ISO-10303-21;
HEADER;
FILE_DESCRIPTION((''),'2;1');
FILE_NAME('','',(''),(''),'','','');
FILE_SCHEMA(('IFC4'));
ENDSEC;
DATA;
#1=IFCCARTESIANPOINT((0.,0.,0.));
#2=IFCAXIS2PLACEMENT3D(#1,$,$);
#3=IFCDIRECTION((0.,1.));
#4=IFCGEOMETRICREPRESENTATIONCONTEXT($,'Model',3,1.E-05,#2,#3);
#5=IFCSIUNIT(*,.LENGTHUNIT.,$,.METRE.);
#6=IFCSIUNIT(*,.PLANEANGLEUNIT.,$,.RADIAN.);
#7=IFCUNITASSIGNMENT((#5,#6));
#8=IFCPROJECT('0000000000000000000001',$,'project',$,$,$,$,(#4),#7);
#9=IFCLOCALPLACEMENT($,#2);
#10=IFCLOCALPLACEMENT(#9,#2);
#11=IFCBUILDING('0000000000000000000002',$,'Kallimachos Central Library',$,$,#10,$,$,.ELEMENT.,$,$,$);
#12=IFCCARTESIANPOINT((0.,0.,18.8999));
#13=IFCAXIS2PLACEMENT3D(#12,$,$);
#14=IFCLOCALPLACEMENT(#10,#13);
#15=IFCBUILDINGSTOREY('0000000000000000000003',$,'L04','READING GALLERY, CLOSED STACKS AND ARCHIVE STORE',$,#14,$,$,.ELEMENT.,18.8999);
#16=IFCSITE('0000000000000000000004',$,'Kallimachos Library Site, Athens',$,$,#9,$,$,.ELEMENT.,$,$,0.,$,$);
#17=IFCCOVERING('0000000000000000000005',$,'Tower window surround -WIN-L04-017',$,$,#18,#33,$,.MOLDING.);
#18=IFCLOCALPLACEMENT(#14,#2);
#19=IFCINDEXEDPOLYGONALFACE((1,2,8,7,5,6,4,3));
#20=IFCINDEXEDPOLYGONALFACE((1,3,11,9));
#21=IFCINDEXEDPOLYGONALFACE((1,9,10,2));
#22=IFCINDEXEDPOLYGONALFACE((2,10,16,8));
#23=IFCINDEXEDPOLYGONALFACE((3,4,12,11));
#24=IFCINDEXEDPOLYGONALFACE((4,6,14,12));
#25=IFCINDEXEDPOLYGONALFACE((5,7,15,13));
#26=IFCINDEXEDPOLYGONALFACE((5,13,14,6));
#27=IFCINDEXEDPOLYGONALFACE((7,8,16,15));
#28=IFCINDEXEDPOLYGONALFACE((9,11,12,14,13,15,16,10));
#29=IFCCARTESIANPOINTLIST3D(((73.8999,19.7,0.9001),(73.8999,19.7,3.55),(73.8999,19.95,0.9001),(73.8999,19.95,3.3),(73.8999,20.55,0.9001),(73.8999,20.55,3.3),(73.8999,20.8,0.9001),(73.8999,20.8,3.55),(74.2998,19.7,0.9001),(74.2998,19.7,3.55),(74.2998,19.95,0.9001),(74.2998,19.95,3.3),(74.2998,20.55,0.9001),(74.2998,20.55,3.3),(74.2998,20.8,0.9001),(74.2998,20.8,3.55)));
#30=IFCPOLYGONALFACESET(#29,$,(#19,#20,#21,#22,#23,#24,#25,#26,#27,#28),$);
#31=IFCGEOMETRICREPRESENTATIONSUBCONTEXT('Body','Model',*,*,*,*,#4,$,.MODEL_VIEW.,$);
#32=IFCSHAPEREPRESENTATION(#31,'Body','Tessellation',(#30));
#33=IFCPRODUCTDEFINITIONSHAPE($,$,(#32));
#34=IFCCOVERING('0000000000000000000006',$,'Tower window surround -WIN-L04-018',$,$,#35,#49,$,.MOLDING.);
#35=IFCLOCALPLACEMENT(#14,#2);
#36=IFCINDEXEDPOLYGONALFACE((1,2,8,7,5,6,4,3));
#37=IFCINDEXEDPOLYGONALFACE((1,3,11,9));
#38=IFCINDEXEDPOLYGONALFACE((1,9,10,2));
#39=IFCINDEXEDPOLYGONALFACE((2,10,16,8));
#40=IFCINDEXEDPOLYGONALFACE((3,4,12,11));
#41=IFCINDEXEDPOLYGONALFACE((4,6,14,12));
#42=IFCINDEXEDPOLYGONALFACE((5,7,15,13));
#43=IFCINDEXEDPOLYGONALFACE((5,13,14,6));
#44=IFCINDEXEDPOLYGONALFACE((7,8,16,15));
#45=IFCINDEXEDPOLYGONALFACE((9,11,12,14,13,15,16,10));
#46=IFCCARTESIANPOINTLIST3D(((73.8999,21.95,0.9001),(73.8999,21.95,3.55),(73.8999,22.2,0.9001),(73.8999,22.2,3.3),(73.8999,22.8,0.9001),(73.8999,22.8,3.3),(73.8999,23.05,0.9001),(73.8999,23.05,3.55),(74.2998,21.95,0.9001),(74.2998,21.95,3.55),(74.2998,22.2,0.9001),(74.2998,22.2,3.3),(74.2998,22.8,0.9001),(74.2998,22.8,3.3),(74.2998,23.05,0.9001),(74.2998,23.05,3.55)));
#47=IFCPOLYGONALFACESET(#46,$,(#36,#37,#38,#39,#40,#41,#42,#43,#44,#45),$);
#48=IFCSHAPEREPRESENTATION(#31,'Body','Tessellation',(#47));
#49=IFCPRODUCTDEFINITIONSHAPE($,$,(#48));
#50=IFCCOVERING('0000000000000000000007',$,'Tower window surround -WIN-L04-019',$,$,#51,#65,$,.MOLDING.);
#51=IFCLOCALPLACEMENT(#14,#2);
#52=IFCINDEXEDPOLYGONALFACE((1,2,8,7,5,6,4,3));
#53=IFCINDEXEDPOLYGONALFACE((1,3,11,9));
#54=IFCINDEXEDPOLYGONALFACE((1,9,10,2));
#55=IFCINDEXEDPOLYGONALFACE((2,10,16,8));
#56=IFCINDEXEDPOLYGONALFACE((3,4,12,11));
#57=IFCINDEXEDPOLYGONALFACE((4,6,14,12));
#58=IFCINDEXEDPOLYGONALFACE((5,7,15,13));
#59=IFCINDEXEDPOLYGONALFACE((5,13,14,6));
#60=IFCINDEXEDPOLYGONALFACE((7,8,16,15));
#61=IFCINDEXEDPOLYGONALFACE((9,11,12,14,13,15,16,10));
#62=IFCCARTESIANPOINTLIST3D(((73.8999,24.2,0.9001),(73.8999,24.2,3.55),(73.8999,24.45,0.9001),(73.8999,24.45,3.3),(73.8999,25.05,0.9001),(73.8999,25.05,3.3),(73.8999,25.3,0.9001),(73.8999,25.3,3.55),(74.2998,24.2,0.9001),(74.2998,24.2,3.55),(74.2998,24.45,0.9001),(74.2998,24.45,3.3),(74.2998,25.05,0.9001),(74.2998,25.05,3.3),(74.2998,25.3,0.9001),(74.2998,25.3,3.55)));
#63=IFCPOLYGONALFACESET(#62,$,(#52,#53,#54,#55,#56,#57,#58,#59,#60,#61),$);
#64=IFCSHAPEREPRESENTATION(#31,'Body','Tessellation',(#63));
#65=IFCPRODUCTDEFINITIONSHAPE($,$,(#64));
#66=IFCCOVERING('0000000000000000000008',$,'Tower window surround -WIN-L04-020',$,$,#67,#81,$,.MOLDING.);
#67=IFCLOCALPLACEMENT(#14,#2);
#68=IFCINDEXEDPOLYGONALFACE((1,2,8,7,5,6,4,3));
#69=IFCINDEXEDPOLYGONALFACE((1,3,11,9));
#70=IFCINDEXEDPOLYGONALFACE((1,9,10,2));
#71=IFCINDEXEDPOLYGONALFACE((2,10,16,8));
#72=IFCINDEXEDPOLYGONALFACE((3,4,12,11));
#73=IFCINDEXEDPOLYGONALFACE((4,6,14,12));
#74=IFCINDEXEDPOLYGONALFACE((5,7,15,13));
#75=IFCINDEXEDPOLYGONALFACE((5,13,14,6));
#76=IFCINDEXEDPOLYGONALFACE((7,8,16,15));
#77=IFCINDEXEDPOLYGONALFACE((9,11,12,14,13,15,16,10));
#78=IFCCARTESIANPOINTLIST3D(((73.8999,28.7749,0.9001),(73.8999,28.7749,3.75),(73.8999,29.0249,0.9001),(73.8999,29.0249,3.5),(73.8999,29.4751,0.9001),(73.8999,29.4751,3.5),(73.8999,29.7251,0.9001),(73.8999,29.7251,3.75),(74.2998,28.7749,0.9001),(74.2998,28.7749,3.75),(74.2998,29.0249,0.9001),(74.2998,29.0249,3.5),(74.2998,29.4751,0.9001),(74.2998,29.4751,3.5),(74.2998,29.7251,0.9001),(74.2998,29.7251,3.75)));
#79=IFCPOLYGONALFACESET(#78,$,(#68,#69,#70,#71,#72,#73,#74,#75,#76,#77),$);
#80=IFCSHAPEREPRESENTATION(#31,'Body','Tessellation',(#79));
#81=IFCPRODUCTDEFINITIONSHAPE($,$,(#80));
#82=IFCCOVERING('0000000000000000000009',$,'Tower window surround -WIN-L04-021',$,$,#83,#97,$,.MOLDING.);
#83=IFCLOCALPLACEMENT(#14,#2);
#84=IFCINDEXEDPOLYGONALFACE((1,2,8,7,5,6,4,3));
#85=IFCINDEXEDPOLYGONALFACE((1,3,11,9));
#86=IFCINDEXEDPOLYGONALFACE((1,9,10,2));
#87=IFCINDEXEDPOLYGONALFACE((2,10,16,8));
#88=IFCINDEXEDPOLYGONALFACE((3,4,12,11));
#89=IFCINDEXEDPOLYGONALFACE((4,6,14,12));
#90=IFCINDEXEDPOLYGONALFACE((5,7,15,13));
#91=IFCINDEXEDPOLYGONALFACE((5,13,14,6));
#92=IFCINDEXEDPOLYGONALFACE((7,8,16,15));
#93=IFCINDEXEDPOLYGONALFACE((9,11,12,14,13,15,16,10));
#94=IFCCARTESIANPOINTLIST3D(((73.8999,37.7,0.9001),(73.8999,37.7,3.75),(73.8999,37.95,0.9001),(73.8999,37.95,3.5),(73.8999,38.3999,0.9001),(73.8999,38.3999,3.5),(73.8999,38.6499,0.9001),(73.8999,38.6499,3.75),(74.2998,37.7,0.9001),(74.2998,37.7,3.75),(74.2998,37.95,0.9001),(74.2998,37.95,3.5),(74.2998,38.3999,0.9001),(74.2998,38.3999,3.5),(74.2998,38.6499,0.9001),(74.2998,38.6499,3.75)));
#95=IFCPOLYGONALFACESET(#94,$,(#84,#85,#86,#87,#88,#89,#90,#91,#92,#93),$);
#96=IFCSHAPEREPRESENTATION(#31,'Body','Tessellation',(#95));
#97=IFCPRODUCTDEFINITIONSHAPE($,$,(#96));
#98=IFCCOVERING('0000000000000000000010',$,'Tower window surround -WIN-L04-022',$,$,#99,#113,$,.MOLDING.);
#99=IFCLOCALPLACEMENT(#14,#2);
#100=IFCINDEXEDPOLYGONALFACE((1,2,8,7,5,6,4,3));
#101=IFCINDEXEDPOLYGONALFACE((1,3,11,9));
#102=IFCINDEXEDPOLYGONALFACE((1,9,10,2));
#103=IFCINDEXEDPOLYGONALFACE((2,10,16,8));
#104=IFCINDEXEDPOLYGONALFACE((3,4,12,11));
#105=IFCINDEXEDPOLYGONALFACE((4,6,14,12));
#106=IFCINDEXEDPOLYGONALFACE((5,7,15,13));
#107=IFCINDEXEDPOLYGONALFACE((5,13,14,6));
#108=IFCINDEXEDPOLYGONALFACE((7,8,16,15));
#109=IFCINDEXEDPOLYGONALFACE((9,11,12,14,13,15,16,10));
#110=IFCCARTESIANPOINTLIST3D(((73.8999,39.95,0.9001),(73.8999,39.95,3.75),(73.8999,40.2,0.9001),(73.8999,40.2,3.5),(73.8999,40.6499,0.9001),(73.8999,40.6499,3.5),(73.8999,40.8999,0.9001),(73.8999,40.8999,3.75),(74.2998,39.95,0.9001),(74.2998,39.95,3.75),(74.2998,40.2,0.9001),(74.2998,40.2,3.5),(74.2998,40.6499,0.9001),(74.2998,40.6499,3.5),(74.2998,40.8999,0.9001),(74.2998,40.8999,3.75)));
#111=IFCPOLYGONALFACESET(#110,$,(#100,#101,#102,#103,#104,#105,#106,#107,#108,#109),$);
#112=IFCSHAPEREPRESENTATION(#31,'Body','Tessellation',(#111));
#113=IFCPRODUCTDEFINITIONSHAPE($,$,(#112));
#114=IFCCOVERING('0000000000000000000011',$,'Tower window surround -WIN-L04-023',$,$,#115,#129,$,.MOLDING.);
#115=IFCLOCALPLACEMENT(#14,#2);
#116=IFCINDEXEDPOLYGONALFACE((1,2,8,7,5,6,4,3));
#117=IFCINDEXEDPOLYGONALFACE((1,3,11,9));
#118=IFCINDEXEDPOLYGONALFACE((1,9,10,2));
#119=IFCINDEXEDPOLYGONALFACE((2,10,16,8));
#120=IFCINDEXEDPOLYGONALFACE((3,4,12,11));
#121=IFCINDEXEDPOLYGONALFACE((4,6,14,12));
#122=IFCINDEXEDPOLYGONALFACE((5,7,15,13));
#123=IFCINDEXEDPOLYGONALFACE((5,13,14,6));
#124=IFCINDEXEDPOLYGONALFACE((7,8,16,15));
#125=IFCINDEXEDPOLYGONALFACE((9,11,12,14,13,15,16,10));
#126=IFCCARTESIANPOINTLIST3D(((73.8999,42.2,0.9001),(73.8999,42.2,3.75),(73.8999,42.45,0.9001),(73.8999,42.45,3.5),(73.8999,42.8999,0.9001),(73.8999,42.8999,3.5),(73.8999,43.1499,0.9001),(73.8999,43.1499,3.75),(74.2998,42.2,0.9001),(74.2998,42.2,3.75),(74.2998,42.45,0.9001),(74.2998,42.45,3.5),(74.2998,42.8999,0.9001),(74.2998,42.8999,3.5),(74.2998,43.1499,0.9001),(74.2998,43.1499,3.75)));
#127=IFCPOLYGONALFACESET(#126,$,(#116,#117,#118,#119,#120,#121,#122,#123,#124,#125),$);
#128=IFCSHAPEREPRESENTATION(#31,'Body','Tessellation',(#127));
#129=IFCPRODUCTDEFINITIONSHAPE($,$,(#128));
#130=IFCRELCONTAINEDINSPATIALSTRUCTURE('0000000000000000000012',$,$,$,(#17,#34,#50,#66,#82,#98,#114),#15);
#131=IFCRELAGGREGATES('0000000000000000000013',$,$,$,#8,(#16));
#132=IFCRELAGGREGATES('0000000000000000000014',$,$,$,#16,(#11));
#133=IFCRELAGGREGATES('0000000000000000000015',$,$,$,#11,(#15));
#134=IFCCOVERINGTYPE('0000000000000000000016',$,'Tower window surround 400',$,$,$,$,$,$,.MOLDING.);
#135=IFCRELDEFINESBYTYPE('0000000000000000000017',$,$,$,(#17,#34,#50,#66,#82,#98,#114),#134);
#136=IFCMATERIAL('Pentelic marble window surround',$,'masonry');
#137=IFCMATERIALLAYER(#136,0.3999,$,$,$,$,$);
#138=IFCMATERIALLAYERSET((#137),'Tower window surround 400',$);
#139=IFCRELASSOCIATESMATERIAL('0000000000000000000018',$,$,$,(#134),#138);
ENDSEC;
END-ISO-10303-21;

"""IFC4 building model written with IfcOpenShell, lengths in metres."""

from ifc_helpers import new_model, si_unit, direction, frame, origin, place, context, subcontext, project, spatial, polyline, outline, extrude, material, layer, layer_set, type_object, element, save


model = new_model("IFC4")

# Units and contexts
model_context = context("Model", 3, precision=1e-05, world=origin(), true_north=direction((0.0, 1.0)))
body_context = subcontext(model_context, "Body", "Model", "MODEL_VIEW")
ifc_project = project(units=[si_unit("LENGTHUNIT", "METRE"), si_unit("PLANEANGLEUNIT", "RADIAN")], contexts=[model_context])

# Site, building, storey
site_placement = place(None, origin())
site = spatial("IfcSite", under=ifc_project, at=site_placement, Name="Kallimachos Library Site, Athens", CompositionType="ELEMENT", RefElevation=0.0)
building_placement = place(site_placement, origin())
building = spatial("IfcBuilding", under=site, at=building_placement, Name="Kallimachos Central Library", CompositionType="ELEMENT")
storey_placement = place(building_placement, frame((0.0, 0.0, 18.8999)))
storey = spatial("IfcBuildingStorey", under=building, at=storey_placement, Name="L04", Description="READING GALLERY, CLOSED STACKS AND ARCHIVE STORE", CompositionType="ELEMENT", Elevation=18.8999)

# Coverings
ifc_material_1 = material(Name="Pentelic marble window surround", Category="masonry")
ifc_layer_1 = layer(ifc_material_1, 0.3999)
ifc_layer_set_1 = layer_set([ifc_layer_1], Name="Tower window surround 400")
covering_type_1 = type_object("IfcCoveringType", Name="Tower window surround 400", PredefinedType="MOLDING", material=ifc_layer_set_1)
for number, where, z_axis, x_axis, name in (
    (1, (73.8999, 19.7, 0.9001), (-1.0, 0.0, 0.0), (0.0, 0.0, 1.0), "Tower window surround -WIN-L04-017"),
    (2, (73.8999, 21.95, 0.9001), (-1.0, 0.0, 0.0), (0.0, 0.0, 1.0), "Tower window surround -WIN-L04-018"),
    (3, (73.8999, 24.2, 0.9001), (-1.0, 0.0, 0.0), (0.0, 0.0, 1.0), "Tower window surround -WIN-L04-019"),
):
    element("IfcCovering", number, at=place(storey_placement, frame(where, z_axis=z_axis, x_axis=x_axis)), inside=storey, type_object=covering_type_1, Name=name, PredefinedType="MOLDING", context=body_context, shape_type="SweptSolid", body=[
        extrude(outline(polyline([(0.0, 0.0), (2.6499, 0.0), (2.6499, 1.1001), (0.0, 1.1001), (0.0, 0.8501), (2.3999, 0.8501), (2.3999, 0.25), (0.0, 0.25), (0.0, 0.0)])), origin(), (0.0, 0.0, -1.0), 0.3999),
    ])
covering_1_placement = place(storey_placement, frame((73.8999, 28.7749, 0.9001), z_axis=(-1.0, 0.0, 0.0), x_axis=(0.0, 0.0, 1.0)))
element("IfcCovering", 4, at=covering_1_placement, inside=storey, type_object=covering_type_1, Name="Tower window surround -WIN-L04-020", PredefinedType="MOLDING", context=body_context, shape_type="SweptSolid", body=[
    extrude(outline(polyline([(0.0, 0.0), (2.8499, 0.0), (2.8499, 0.9502), (0.0, 0.9502), (0.0, 0.7002), (2.5999, 0.7002), (2.5999, 0.25), (0.0, 0.25), (0.0, 0.0)])), origin(), (0.0, 0.0, -1.0), 0.3999),
])
for number, where, z_axis, x_axis, name in (
    (5, (73.8999, 37.7, 0.9001), (-1.0, 0.0, 0.0), (0.0, 0.0, 1.0), "Tower window surround -WIN-L04-021"),
    (6, (73.8999, 39.95, 0.9001), (-1.0, 0.0, 0.0), (0.0, 0.0, 1.0), "Tower window surround -WIN-L04-022"),
    (7, (73.8999, 42.2, 0.9001), (-1.0, 0.0, 0.0), (0.0, 0.0, 1.0), "Tower window surround -WIN-L04-023"),
):
    element("IfcCovering", number, at=place(storey_placement, frame(where, z_axis=z_axis, x_axis=x_axis)), inside=storey, type_object=covering_type_1, Name=name, PredefinedType="MOLDING", context=body_context, shape_type="SweptSolid", body=[
        extrude(outline(polyline([(0.0, 0.0), (2.8499, 0.0), (2.8499, 0.95), (0.0, 0.95), (0.0, 0.7), (2.5999, 0.7), (2.5999, 0.25), (0.0, 0.25), (0.0, 0.0)])), origin(), (0.0, 0.0, -1.0), 0.3999),
    ])

save(model, "model.ifc")
